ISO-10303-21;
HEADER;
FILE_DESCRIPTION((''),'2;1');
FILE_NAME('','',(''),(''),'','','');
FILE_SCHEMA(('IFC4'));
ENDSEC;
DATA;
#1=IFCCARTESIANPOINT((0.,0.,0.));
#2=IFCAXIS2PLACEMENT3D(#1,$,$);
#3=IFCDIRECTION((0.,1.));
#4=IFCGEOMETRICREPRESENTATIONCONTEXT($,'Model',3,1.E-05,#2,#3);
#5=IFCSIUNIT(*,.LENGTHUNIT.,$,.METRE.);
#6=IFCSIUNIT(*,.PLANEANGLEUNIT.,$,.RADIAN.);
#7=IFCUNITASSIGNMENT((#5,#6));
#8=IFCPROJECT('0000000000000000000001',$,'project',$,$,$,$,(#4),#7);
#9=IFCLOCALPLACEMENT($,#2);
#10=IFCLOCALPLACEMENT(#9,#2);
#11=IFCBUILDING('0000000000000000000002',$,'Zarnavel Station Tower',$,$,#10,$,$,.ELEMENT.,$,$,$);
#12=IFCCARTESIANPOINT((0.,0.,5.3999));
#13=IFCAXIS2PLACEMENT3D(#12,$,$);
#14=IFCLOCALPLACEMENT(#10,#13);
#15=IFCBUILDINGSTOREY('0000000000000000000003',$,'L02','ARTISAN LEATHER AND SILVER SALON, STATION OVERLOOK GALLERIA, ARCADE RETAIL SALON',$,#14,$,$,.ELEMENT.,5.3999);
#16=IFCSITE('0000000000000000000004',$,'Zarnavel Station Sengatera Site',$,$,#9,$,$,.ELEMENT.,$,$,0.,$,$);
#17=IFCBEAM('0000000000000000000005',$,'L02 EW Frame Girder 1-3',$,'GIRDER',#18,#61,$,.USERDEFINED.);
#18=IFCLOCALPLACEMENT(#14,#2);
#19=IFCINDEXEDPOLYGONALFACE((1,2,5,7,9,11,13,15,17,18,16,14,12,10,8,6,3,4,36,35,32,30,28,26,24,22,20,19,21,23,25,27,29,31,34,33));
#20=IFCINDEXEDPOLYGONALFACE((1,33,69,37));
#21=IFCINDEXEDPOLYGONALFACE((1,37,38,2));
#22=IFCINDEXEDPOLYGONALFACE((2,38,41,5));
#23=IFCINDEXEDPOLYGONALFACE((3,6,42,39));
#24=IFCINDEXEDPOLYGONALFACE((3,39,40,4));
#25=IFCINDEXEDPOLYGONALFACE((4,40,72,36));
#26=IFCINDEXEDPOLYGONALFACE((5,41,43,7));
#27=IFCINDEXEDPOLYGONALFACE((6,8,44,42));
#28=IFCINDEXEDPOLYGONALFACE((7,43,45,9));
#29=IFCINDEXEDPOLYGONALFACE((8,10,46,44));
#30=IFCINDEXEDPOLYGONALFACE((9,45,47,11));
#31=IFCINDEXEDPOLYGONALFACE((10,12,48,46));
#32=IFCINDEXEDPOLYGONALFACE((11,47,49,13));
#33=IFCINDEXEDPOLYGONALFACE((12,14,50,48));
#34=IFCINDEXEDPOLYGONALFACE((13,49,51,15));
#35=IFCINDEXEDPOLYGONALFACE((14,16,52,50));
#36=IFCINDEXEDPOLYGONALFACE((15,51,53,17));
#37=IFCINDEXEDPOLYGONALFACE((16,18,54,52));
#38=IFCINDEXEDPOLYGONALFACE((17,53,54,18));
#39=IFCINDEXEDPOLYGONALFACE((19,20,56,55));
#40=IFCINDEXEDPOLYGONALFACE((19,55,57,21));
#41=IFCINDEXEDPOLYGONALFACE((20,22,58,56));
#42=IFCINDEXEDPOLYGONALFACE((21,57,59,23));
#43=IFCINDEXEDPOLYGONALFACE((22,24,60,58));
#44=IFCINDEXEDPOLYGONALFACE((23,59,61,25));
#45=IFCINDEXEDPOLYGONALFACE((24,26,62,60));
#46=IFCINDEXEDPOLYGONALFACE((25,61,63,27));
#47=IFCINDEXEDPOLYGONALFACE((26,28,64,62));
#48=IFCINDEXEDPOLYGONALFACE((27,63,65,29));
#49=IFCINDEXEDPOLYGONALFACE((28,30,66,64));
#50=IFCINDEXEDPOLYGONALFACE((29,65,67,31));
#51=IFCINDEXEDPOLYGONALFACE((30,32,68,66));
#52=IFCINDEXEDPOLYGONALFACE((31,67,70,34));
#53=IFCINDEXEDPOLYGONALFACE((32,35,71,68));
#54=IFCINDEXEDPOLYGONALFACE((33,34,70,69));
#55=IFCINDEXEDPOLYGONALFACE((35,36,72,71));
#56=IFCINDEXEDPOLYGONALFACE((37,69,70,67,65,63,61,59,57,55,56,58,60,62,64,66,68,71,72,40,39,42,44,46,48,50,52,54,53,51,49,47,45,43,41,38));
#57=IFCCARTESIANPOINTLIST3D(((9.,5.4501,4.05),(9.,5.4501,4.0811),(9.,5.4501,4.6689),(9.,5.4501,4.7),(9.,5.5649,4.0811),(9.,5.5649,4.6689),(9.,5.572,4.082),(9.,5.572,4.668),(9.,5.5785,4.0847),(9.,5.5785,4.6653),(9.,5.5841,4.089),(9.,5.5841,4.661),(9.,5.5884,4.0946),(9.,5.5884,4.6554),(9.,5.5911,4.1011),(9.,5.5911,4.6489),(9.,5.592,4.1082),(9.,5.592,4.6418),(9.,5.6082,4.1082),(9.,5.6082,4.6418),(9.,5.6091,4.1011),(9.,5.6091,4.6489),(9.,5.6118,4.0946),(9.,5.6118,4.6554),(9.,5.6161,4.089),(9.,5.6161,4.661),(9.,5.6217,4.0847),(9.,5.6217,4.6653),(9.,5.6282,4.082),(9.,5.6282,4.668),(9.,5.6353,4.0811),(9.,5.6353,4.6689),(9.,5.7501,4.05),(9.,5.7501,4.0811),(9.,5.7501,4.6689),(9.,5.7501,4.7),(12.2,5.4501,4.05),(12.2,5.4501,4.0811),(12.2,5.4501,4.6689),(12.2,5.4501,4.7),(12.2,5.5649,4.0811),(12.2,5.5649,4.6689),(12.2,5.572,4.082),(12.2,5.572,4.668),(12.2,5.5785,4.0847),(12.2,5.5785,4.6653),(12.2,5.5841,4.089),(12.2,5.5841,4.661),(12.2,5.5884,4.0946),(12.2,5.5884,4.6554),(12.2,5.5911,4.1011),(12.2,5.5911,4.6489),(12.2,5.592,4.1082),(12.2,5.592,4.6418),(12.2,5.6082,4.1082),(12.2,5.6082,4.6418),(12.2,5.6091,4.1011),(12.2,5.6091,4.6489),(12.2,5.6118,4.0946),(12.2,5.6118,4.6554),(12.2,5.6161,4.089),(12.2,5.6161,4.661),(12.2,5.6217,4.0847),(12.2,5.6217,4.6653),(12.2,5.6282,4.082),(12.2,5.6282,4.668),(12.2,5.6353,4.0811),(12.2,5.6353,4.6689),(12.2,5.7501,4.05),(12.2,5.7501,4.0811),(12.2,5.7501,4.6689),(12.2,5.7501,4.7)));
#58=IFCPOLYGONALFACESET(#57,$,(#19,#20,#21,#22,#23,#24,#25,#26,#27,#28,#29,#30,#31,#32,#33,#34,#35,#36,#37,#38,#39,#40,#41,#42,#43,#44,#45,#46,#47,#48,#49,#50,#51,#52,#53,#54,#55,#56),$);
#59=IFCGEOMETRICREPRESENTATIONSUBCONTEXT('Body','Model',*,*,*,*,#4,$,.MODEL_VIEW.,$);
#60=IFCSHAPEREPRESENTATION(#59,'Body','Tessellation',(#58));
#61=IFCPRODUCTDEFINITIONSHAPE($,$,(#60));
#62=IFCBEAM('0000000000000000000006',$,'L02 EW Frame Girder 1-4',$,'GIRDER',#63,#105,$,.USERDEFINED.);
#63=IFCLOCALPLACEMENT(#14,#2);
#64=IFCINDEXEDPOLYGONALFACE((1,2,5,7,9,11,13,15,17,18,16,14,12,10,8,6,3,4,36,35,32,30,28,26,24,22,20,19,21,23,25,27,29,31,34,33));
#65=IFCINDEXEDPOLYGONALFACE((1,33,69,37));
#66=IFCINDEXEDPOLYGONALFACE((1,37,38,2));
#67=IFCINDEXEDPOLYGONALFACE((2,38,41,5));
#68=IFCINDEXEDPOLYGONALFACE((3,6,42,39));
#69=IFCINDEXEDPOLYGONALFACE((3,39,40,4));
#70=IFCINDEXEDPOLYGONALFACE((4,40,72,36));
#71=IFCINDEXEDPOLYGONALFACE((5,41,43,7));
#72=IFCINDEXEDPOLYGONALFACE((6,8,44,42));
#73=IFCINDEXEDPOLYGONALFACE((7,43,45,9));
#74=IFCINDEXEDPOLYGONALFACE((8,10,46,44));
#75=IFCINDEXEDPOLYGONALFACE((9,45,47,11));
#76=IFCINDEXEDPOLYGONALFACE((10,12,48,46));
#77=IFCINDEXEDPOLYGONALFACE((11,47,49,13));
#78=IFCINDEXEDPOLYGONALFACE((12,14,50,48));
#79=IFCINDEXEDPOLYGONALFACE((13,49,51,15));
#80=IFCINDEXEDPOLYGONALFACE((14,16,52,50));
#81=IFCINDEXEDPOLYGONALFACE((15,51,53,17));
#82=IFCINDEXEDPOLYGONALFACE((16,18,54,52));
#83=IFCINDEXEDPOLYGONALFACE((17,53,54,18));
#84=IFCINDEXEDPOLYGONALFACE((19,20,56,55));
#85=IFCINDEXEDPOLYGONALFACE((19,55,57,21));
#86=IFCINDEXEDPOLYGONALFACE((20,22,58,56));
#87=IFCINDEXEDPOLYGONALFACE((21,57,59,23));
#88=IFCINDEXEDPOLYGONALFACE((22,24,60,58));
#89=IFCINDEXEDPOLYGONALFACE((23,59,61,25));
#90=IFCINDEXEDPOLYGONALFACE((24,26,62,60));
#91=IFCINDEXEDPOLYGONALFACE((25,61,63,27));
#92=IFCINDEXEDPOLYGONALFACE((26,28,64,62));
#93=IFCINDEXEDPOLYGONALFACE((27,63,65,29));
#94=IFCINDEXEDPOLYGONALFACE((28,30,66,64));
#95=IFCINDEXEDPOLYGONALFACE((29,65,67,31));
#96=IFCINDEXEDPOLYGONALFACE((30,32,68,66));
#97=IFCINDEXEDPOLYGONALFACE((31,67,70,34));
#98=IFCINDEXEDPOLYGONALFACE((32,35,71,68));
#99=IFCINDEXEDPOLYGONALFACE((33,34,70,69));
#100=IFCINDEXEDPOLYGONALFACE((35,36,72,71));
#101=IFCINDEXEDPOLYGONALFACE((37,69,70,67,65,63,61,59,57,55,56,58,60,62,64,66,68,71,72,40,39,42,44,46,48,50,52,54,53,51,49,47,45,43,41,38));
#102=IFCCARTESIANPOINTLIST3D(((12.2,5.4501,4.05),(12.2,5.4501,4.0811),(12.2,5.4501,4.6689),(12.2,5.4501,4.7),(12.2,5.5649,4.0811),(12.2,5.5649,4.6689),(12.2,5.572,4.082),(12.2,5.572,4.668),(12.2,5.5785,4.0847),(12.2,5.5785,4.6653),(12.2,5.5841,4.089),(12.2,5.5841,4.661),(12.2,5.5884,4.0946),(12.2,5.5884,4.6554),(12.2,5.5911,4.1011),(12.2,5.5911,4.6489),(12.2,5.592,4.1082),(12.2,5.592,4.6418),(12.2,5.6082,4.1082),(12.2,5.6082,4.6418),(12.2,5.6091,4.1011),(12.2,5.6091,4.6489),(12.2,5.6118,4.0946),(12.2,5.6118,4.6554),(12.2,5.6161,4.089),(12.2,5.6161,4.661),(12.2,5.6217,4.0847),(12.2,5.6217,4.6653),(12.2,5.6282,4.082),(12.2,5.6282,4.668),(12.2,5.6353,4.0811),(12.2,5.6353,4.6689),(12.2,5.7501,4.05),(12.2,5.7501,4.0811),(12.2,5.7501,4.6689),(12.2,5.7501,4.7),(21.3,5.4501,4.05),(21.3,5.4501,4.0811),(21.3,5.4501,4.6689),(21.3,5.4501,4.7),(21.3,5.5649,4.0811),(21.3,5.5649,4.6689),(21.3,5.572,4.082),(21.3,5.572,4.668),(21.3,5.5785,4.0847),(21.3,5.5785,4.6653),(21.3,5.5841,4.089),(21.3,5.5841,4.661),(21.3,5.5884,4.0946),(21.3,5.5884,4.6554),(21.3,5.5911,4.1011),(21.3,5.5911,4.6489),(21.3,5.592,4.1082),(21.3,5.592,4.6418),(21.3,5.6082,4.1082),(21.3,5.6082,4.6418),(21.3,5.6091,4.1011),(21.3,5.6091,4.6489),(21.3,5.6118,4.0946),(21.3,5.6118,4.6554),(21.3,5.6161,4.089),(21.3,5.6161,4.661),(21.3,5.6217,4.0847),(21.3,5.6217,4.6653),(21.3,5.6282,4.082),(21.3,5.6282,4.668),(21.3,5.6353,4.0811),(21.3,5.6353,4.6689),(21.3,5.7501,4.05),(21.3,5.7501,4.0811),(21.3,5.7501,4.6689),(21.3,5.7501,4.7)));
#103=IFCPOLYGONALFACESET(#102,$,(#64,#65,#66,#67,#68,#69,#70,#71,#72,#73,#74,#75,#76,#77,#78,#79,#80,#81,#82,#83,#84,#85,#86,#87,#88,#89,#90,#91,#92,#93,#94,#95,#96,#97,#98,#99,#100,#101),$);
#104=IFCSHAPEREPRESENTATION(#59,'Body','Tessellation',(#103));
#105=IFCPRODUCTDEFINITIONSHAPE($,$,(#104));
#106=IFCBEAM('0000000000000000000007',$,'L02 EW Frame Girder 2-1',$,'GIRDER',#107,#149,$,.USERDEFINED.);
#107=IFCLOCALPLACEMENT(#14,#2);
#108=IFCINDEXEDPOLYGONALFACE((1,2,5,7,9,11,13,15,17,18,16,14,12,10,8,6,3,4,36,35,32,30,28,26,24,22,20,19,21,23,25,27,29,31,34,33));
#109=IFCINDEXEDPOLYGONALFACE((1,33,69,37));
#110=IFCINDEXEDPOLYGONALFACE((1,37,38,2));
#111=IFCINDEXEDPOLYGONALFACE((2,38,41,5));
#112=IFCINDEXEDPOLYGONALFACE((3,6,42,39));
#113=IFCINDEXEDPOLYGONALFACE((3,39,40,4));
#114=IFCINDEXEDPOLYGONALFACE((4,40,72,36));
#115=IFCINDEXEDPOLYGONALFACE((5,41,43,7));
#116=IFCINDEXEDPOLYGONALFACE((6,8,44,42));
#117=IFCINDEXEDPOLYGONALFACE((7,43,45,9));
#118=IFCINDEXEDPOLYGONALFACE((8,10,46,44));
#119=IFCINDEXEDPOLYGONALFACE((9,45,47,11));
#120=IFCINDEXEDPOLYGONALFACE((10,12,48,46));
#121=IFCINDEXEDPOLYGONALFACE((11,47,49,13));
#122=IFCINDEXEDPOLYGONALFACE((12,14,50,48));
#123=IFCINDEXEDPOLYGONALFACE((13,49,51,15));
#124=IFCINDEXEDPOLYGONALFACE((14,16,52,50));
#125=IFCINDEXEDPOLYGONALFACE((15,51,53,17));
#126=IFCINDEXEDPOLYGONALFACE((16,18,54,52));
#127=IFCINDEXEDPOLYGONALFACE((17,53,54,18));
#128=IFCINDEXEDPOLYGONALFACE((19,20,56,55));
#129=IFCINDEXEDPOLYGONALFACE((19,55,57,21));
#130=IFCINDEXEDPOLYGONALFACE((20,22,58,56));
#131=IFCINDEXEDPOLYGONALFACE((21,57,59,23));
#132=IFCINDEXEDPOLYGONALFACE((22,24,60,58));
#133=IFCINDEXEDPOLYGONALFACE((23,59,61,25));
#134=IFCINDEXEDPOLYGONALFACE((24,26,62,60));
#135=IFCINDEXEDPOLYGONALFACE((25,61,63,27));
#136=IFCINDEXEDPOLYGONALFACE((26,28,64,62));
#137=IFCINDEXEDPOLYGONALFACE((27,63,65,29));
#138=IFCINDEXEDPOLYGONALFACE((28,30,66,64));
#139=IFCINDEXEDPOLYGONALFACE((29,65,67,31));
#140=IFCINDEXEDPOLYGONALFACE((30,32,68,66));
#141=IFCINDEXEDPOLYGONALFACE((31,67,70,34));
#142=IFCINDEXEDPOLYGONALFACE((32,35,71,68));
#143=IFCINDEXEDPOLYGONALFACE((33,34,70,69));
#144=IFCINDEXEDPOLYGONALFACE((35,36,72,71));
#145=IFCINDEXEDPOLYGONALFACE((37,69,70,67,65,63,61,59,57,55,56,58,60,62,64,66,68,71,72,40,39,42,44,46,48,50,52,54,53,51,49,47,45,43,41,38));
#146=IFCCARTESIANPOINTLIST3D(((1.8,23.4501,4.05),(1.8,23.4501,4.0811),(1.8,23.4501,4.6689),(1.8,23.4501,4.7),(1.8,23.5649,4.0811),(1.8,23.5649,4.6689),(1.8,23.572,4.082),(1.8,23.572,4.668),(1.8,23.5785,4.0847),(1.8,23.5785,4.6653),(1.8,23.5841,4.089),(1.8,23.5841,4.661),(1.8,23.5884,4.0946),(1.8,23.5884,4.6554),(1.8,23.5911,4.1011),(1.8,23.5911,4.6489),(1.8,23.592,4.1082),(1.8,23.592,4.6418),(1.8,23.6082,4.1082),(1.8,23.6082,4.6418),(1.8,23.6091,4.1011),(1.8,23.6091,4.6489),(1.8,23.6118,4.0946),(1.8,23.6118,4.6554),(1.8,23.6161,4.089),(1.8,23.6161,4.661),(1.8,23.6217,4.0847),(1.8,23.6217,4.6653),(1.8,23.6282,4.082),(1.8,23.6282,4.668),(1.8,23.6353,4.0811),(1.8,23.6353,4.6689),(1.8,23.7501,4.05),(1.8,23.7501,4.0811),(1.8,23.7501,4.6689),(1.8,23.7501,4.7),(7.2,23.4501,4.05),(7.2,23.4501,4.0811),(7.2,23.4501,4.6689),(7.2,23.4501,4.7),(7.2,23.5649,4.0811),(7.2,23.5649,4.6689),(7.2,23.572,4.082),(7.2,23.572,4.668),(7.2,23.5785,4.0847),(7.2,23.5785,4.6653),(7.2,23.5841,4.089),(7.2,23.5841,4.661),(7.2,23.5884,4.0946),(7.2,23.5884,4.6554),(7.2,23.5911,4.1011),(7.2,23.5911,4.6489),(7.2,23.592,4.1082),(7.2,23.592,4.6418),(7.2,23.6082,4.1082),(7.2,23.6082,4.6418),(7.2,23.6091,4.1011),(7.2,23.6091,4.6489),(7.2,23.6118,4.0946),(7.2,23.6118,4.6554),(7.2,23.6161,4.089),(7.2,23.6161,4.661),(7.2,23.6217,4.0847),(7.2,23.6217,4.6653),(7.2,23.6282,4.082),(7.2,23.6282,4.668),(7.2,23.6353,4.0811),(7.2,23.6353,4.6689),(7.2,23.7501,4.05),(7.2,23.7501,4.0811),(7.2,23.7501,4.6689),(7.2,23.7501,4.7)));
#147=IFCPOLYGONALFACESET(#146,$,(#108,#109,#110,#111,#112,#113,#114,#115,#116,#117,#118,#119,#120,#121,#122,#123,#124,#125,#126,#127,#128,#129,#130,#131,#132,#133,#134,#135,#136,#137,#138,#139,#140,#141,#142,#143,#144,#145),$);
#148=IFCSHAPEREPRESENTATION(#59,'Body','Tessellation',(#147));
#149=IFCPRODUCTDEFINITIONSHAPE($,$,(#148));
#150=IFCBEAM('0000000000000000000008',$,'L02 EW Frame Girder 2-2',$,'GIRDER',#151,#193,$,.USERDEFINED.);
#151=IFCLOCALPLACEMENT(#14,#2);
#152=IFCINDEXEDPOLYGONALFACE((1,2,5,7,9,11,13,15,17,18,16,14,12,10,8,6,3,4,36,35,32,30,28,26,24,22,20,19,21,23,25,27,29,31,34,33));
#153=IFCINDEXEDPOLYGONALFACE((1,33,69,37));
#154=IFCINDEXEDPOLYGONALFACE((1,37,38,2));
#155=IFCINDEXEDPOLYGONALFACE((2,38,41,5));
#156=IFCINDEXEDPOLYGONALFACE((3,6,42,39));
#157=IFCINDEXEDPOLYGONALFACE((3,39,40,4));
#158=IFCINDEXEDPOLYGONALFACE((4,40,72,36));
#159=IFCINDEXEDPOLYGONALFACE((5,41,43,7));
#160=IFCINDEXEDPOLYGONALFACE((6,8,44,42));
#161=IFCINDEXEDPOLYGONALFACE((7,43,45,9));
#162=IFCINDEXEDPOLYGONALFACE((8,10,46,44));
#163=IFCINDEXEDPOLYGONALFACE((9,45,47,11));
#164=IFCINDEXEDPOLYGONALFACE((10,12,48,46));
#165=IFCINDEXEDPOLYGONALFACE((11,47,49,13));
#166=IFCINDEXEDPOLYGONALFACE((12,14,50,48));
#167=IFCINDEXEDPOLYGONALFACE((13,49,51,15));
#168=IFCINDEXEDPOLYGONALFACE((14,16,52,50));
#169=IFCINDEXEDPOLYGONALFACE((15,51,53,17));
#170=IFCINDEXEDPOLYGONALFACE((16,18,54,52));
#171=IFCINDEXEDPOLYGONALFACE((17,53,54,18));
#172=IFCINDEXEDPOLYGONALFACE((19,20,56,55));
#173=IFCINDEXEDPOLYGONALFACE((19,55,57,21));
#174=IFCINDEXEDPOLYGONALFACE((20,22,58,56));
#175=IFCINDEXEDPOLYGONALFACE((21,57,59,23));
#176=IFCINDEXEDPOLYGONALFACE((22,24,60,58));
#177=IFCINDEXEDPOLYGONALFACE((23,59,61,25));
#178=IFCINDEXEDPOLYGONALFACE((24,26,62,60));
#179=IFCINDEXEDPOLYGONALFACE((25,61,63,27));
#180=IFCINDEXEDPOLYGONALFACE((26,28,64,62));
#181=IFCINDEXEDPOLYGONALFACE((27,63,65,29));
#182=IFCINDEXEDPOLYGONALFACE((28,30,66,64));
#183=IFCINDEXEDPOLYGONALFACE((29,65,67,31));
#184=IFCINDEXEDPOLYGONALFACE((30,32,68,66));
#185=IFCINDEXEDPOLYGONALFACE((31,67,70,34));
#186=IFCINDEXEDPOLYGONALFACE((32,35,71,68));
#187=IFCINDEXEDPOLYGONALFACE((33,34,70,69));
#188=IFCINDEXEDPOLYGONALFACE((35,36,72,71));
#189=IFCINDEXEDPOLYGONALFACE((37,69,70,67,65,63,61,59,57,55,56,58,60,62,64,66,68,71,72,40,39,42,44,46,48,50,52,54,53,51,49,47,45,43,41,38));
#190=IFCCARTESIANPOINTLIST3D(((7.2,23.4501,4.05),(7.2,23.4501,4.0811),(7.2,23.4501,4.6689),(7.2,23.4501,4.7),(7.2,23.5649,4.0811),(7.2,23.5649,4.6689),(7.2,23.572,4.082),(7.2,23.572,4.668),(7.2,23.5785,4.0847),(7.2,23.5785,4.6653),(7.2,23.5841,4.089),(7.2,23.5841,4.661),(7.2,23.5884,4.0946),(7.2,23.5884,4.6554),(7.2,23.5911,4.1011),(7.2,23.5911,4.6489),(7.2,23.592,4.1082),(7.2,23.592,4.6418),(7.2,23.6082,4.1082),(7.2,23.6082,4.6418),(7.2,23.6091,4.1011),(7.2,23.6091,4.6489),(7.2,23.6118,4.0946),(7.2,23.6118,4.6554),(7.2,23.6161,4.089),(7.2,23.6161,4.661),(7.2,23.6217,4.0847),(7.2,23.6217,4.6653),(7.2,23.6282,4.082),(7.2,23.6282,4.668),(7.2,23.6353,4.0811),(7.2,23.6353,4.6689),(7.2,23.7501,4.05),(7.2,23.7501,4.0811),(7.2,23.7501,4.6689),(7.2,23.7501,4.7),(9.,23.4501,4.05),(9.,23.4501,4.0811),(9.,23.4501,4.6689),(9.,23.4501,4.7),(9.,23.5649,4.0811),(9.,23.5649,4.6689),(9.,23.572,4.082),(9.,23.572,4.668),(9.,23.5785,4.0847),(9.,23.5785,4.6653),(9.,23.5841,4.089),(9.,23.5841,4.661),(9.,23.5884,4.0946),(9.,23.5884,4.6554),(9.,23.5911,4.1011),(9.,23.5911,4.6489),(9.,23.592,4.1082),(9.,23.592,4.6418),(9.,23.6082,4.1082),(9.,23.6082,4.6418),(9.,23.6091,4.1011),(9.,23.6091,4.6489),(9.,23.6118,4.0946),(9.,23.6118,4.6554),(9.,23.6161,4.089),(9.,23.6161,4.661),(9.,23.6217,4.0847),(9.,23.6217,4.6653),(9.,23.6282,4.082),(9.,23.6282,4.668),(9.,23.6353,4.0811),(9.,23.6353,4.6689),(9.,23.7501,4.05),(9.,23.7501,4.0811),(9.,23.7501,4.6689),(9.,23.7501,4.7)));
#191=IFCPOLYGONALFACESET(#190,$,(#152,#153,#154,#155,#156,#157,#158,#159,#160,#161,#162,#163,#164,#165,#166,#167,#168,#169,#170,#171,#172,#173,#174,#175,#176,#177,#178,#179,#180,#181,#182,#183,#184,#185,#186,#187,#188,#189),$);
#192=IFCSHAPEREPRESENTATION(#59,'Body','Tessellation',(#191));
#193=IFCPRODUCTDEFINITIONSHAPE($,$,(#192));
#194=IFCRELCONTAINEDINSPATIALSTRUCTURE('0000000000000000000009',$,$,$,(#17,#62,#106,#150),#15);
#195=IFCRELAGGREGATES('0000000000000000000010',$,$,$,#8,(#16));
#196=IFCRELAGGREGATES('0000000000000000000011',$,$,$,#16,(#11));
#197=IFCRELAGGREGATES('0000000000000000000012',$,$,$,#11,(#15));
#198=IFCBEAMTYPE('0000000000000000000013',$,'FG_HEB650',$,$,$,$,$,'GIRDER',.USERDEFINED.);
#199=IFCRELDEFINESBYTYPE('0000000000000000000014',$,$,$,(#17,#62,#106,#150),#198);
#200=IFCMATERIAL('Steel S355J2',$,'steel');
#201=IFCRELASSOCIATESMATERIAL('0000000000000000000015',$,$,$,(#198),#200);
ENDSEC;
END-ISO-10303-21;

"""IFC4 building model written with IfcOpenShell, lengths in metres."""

from ifc_helpers import new_model, si_unit, direction, frame, origin, origin_2d, place, context, subcontext, project, spatial, i_section, extrude, material, material_profile, profile_set, type_object, element, save


model = new_model("IFC4")

# Units and contexts
model_context = context("Model", 3, precision=1e-05, world=origin(), true_north=direction((0.0, 1.0)))
body_context = subcontext(model_context, "Body", "Model", "MODEL_VIEW")
ifc_project = project(units=[si_unit("LENGTHUNIT", "METRE"), si_unit("PLANEANGLEUNIT", "RADIAN")], contexts=[model_context])

# Site, building, storey
site_placement = place(None, origin())
site = spatial("IfcSite", under=ifc_project, at=site_placement, Name="Zarnavel Station Sengatera Site", CompositionType="ELEMENT", RefElevation=0.0)
building_placement = place(site_placement, origin())
building = spatial("IfcBuilding", under=site, at=building_placement, Name="Zarnavel Station Tower", CompositionType="ELEMENT")
storey_placement = place(building_placement, frame((0.0, 0.0, 5.3999)))
storey = spatial("IfcBuildingStorey", under=building, at=storey_placement, Name="L02", Description="ARTISAN LEATHER AND SILVER SALON, STATION OVERLOOK GALLERIA, ARCADE RETAIL SALON", CompositionType="ELEMENT", Elevation=5.3999)

# Beams
ifc_material_1 = material(Name="Steel S355J2", Category="steel")
ifc_material_profile_1 = material_profile(ifc_material_1, i_section(OverallWidth=0.3, OverallDepth=0.6499, WebThickness=0.0161, FlangeThickness=0.031, FilletRadius=0.0271, at=origin_2d()), Name="HEB650")
ifc_profile_set_1 = profile_set([ifc_material_profile_1], Name="Steel S355J2")
beam_type_1 = type_object("IfcBeamType", Name="FG_HEB650", ElementType="GIRDER", PredefinedType="USERDEFINED", material=ifc_profile_set_1)
beam_1_placement = place(storey_placement, frame((9.0, 5.6001, 4.375), z_axis=(1.0, 0.0, 0.0), x_axis=(0.0, 1.0, 0.0)))
element("IfcBeam", 1, at=beam_1_placement, inside=storey, type_object=beam_type_1, Name="L02 EW Frame Girder 1-3", ObjectType="GIRDER", PredefinedType="USERDEFINED", context=body_context, shape_type="SweptSolid", body=[
    extrude(i_section(OverallWidth=0.3, OverallDepth=0.6499, WebThickness=0.0161, FlangeThickness=0.031, FilletRadius=0.0271, at=origin_2d()), origin(), (0.0, 0.0, 1.0), 3.2),
])
beam_2_placement = place(storey_placement, frame((12.2, 5.6001, 4.375), z_axis=(1.0, 0.0, 0.0), x_axis=(0.0, 1.0, 0.0)))
element("IfcBeam", 2, at=beam_2_placement, inside=storey, type_object=beam_type_1, Name="L02 EW Frame Girder 1-4", ObjectType="GIRDER", PredefinedType="USERDEFINED", context=body_context, shape_type="SweptSolid", body=[
    extrude(i_section(OverallWidth=0.3, OverallDepth=0.6499, WebThickness=0.0161, FlangeThickness=0.031, FilletRadius=0.0271, at=origin_2d()), origin(), (0.0, 0.0, 1.0), 9.1001),
])
beam_3_placement = place(storey_placement, frame((1.8, 23.6001, 4.375), z_axis=(1.0, 0.0, 0.0), x_axis=(0.0, 1.0, 0.0)))
element("IfcBeam", 3, at=beam_3_placement, inside=storey, type_object=beam_type_1, Name="L02 EW Frame Girder 2-1", ObjectType="GIRDER", PredefinedType="USERDEFINED", context=body_context, shape_type="SweptSolid", body=[
    extrude(i_section(OverallWidth=0.3, OverallDepth=0.6499, WebThickness=0.0161, FlangeThickness=0.031, FilletRadius=0.0271, at=origin_2d()), origin(), (0.0, 0.0, 1.0), 5.3999),
])
beam_4_placement = place(storey_placement, frame((7.2, 23.6001, 4.375), z_axis=(1.0, 0.0, 0.0), x_axis=(0.0, 1.0, 0.0)))
element("IfcBeam", 4, at=beam_4_placement, inside=storey, type_object=beam_type_1, Name="L02 EW Frame Girder 2-2", ObjectType="GIRDER", PredefinedType="USERDEFINED", context=body_context, shape_type="SweptSolid", body=[
    extrude(i_section(OverallWidth=0.3, OverallDepth=0.6499, WebThickness=0.0161, FlangeThickness=0.031, FilletRadius=0.0271, at=origin_2d()), origin(), (0.0, 0.0, 1.0), 1.8),
])

save(model, "model.ifc")
